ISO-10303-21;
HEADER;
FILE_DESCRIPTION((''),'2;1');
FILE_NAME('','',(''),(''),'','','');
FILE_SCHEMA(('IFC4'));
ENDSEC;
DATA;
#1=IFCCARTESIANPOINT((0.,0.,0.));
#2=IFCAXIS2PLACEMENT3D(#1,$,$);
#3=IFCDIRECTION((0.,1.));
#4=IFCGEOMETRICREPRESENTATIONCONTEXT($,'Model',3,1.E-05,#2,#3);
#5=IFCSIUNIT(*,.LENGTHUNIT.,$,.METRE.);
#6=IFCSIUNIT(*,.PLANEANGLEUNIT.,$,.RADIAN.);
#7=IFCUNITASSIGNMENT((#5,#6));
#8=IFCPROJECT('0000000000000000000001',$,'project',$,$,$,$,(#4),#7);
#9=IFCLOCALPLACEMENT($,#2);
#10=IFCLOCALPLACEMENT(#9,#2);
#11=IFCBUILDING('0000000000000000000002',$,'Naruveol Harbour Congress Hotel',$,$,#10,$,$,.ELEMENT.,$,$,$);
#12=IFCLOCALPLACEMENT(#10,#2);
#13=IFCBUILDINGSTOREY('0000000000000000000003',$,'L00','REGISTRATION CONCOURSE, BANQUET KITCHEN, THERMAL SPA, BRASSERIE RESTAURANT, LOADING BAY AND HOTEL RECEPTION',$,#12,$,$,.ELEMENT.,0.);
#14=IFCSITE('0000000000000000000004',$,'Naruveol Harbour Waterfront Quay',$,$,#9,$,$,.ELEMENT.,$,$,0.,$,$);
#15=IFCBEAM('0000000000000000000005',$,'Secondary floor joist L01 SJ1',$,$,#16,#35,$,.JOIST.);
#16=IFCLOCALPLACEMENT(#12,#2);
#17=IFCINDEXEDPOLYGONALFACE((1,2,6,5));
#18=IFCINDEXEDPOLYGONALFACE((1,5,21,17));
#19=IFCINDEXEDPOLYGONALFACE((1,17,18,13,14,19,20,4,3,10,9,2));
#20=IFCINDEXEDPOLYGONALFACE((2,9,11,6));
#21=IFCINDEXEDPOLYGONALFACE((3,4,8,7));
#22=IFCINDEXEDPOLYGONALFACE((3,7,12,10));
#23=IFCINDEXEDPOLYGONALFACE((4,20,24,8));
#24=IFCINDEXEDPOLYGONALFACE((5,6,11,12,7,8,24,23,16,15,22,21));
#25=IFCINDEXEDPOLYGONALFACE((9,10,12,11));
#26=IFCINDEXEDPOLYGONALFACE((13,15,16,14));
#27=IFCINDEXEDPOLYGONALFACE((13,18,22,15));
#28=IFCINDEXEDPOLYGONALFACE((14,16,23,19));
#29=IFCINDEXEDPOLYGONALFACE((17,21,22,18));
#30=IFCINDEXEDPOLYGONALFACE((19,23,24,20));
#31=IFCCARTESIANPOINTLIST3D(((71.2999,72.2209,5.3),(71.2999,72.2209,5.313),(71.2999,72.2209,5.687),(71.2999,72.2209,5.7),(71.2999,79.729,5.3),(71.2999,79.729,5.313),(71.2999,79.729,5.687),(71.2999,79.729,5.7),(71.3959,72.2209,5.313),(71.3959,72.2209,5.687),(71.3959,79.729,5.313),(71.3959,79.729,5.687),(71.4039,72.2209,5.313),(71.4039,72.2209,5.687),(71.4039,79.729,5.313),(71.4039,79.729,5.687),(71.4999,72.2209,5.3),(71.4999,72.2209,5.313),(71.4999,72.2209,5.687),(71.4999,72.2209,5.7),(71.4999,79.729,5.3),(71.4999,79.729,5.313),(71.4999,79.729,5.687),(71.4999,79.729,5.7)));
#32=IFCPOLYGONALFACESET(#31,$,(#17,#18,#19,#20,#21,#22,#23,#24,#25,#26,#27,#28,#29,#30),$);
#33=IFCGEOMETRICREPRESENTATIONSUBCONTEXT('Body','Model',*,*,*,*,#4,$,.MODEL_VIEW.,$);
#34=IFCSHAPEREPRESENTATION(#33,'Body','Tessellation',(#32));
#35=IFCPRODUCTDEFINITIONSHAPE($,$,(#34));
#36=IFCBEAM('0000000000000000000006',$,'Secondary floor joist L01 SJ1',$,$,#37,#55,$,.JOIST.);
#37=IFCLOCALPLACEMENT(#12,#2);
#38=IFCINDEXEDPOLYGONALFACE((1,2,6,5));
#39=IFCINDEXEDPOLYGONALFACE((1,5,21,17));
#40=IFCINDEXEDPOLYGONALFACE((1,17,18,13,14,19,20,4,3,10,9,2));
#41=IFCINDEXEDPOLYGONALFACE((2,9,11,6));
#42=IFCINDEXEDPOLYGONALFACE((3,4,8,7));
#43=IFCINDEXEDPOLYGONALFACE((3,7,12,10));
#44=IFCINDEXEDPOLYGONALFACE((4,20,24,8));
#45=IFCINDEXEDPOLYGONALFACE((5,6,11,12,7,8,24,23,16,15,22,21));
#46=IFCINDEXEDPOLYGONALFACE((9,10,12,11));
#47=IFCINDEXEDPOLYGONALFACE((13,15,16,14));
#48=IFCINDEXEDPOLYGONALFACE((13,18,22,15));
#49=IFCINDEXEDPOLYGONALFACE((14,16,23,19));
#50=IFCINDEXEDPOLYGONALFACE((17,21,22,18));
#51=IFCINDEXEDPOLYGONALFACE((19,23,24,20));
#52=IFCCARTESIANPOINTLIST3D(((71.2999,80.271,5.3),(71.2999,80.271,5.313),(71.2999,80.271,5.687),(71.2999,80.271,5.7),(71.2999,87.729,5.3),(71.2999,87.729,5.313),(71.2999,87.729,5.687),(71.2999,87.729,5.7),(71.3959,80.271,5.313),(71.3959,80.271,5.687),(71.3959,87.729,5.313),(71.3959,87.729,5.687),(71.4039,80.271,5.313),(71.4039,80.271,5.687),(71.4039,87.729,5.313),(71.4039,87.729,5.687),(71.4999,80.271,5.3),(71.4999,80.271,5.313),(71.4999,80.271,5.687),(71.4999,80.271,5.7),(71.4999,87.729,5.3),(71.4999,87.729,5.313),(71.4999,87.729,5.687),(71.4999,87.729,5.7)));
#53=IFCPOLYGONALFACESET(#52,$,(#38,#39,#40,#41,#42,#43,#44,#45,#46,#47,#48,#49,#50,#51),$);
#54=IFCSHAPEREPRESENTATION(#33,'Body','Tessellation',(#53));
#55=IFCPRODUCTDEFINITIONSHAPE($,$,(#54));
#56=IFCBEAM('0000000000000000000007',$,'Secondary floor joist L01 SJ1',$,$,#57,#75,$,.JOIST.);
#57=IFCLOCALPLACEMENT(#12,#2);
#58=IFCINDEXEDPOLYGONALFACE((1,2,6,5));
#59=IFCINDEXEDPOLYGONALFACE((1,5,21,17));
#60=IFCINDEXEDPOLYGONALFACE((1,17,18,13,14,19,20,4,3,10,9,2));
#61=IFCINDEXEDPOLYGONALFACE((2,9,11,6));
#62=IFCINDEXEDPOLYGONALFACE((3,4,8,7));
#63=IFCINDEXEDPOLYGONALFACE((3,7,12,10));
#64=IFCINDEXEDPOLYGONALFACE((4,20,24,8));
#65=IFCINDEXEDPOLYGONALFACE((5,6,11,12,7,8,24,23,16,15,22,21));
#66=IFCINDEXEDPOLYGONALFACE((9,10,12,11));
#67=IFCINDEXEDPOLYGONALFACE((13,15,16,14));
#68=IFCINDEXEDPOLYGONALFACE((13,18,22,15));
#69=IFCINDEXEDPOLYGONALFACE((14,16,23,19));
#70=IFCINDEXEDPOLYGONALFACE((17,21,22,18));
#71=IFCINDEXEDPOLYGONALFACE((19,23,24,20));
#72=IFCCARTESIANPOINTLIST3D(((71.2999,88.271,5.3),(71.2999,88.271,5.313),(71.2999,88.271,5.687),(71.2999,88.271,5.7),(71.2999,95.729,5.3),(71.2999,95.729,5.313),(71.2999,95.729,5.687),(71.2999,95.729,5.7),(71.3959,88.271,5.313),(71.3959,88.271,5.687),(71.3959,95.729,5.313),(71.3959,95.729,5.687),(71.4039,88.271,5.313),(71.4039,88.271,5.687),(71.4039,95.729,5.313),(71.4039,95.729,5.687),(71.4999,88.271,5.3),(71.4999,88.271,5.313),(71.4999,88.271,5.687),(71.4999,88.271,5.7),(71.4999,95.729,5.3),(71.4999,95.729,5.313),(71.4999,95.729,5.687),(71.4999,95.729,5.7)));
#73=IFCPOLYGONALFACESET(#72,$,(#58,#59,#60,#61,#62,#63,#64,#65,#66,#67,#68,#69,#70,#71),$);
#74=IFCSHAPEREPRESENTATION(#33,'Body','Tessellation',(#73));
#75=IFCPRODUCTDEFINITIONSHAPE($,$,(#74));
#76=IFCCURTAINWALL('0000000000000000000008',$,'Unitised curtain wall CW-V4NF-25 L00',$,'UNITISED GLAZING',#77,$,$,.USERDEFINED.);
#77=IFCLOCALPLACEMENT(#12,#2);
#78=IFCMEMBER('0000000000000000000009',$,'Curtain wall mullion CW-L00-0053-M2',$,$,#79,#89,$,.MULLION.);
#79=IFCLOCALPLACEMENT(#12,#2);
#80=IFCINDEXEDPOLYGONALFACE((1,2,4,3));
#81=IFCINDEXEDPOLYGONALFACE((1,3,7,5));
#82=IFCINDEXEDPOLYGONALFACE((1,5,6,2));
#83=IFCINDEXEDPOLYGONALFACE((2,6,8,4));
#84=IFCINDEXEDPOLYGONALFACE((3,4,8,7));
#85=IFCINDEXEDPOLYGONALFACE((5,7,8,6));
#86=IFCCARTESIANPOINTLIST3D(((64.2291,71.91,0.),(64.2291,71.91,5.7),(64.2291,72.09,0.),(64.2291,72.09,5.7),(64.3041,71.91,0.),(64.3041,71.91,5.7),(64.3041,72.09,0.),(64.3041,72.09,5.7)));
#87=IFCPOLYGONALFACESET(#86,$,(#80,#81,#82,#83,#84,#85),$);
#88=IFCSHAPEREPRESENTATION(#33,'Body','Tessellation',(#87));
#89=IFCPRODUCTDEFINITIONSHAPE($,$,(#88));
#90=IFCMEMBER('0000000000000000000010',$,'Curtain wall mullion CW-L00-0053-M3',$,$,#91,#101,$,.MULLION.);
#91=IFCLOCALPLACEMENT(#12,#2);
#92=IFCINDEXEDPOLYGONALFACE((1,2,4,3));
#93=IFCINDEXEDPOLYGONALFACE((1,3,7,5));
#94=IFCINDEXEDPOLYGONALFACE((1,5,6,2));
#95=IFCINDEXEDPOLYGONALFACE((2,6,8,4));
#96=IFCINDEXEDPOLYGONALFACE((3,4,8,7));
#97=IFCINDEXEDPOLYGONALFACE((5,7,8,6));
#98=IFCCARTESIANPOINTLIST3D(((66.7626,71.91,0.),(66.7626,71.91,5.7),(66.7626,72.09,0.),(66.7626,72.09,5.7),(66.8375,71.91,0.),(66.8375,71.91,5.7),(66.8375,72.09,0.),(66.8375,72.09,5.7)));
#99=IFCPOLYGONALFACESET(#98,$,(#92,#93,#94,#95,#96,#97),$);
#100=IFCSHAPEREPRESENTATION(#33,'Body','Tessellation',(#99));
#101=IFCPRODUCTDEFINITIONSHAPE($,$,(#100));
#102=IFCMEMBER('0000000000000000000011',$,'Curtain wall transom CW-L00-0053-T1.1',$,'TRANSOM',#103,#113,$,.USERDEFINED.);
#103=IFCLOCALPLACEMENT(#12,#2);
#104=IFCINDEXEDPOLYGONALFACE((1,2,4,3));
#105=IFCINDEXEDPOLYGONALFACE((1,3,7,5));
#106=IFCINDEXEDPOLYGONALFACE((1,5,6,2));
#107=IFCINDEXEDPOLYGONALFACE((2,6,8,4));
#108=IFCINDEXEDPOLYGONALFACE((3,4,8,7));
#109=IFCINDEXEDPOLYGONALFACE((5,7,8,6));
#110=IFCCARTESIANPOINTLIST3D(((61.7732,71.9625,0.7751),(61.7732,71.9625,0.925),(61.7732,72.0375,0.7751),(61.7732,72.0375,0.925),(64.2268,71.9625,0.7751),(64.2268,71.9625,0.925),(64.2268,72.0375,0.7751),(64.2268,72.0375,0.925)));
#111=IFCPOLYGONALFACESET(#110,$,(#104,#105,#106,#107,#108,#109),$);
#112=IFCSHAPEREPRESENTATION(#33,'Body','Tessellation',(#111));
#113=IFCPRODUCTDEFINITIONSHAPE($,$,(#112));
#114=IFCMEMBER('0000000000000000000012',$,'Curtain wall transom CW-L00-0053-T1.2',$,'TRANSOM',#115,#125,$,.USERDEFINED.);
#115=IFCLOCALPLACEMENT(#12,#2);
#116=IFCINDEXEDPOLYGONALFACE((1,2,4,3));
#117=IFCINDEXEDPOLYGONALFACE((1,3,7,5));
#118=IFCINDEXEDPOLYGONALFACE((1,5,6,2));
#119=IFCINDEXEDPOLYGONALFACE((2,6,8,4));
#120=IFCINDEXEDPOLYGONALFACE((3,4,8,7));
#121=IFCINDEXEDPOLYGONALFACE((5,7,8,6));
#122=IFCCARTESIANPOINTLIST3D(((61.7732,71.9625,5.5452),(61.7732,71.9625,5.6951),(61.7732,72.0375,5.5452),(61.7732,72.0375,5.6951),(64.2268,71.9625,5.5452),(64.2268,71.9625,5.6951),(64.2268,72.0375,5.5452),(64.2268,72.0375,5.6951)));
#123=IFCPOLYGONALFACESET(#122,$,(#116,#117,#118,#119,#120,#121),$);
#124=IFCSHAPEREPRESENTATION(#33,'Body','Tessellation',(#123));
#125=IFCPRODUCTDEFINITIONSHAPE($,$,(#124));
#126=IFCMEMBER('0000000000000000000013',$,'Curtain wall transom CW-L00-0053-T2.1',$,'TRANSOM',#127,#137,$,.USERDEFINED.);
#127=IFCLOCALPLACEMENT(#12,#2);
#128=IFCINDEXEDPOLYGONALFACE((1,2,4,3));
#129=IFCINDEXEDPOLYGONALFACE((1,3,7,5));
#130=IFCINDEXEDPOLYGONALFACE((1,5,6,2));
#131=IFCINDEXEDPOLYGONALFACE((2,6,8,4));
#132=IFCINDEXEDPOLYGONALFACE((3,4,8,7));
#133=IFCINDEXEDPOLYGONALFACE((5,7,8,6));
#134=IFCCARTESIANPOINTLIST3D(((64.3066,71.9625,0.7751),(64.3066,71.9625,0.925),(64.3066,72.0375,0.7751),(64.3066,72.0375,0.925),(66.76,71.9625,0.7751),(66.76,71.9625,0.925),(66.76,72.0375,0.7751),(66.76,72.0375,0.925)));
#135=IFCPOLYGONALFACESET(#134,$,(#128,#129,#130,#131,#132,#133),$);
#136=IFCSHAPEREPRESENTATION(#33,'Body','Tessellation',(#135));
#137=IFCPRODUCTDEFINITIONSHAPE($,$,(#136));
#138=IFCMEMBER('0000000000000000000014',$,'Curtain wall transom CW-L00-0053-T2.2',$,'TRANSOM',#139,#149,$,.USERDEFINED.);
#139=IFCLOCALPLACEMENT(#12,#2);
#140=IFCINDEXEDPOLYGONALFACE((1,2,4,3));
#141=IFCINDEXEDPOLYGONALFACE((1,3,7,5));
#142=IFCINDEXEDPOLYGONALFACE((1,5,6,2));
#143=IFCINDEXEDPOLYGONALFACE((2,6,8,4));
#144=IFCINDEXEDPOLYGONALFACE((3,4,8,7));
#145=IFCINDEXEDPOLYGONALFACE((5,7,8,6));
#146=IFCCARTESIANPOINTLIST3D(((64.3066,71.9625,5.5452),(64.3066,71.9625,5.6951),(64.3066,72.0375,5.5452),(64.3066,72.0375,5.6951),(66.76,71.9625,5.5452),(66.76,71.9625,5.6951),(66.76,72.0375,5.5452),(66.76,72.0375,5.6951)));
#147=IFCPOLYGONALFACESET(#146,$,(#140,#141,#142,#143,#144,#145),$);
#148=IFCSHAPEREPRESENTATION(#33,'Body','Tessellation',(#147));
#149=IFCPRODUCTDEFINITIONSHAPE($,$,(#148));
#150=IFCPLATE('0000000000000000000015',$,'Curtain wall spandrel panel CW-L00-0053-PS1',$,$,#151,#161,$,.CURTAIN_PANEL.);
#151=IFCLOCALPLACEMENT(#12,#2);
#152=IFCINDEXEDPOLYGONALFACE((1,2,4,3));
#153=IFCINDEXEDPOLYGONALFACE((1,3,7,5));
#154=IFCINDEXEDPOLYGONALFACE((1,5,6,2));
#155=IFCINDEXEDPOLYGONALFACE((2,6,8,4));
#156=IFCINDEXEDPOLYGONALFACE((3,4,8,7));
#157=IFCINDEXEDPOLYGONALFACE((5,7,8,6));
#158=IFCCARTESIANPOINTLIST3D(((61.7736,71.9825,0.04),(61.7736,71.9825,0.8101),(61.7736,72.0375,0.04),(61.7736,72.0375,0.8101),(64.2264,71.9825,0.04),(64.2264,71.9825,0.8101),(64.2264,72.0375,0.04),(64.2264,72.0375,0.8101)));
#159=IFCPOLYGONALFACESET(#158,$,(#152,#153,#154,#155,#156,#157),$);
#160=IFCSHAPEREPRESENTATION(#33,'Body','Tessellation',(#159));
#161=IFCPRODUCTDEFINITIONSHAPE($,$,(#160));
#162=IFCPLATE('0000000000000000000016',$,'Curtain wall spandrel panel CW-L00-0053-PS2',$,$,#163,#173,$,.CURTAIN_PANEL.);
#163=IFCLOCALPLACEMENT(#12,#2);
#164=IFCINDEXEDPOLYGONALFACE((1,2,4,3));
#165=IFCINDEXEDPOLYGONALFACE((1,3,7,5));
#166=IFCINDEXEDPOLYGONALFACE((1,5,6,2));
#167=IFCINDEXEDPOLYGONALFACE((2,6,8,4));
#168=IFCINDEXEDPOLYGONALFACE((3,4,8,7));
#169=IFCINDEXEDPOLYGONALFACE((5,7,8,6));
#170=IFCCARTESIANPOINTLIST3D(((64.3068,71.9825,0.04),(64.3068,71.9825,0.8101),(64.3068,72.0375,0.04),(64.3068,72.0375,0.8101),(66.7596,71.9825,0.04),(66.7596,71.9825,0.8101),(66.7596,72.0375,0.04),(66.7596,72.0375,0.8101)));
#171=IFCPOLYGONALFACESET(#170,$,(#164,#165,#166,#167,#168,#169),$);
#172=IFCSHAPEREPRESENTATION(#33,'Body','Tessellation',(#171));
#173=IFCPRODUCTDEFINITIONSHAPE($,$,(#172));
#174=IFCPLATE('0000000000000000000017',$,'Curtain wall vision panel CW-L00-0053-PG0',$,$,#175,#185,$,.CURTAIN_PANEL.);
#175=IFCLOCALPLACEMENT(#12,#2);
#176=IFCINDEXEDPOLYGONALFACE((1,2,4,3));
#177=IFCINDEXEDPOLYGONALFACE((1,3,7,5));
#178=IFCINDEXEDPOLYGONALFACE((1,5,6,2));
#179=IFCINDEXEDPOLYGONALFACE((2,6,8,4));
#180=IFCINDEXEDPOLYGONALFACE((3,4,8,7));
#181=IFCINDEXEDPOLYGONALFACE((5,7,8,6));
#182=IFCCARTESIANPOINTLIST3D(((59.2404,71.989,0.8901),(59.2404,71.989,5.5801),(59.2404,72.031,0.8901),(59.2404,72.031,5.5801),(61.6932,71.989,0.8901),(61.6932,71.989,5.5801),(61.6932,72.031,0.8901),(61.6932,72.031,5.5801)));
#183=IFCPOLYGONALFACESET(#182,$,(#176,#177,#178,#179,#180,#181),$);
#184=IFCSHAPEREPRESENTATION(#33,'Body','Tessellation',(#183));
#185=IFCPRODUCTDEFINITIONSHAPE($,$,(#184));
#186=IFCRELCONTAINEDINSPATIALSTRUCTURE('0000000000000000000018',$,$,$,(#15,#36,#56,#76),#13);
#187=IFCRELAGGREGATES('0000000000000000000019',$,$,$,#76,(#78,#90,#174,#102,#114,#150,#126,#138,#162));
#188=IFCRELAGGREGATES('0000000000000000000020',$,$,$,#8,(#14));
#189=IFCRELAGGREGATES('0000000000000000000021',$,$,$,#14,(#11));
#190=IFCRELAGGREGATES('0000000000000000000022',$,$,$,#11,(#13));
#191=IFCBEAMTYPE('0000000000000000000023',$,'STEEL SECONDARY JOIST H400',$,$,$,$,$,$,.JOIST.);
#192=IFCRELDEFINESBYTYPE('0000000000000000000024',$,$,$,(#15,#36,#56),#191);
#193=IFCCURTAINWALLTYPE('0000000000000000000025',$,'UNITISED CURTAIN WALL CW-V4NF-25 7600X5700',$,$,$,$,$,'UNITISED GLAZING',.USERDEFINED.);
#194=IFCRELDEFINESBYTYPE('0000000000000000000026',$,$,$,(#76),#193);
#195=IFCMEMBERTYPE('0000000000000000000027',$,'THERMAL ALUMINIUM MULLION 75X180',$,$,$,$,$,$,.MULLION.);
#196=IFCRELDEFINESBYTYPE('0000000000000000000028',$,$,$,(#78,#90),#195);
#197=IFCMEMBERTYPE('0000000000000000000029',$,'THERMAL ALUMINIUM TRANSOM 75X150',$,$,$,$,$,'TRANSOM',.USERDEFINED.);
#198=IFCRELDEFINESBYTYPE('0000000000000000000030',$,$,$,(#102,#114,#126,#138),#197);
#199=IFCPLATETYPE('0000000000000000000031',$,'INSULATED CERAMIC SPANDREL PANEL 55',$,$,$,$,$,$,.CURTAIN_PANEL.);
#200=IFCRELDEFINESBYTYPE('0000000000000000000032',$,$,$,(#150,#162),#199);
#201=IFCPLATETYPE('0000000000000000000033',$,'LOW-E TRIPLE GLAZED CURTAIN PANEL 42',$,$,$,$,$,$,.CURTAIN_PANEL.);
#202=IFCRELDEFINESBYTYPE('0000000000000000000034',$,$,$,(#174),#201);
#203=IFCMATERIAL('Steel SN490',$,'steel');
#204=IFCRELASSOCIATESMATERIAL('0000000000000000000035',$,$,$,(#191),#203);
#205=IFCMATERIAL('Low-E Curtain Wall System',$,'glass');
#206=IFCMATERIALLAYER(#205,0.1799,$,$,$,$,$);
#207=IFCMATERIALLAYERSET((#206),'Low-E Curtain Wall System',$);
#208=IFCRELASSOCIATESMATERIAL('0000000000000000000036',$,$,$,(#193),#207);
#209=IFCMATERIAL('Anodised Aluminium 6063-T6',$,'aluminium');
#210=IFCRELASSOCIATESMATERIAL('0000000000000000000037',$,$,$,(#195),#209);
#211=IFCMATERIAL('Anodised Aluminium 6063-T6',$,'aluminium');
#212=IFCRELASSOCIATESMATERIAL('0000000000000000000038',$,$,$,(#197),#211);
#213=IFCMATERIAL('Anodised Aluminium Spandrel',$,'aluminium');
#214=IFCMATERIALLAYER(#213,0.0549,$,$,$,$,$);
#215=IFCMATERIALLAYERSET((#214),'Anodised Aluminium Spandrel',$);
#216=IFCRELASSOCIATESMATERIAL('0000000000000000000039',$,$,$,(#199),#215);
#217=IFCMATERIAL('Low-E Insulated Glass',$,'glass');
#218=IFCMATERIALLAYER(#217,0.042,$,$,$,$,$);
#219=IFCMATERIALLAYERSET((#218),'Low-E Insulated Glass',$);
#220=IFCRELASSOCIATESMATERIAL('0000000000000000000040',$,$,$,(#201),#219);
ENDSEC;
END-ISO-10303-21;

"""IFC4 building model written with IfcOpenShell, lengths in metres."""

from ifc_helpers import new_model, si_unit, direction, frame, origin, origin_2d, place, context, subcontext, project, spatial, rectangle, i_section, extrude, material, layer, layer_set, material_profile, profile_set, type_object, element, aggregate, save


model = new_model("IFC4")

# Units and contexts
model_context = context("Model", 3, precision=1e-05, world=origin(), true_north=direction((0.0, 1.0)))
body_context = subcontext(model_context, "Body", "Model", "MODEL_VIEW")
ifc_project = project(units=[si_unit("LENGTHUNIT", "METRE"), si_unit("PLANEANGLEUNIT", "RADIAN")], contexts=[model_context])

# Site, building, storey
site_placement = place(None, origin())
site = spatial("IfcSite", under=ifc_project, at=site_placement, Name="Naruveol Harbour Waterfront Quay", CompositionType="ELEMENT", RefElevation=0.0)
building_placement = place(site_placement, origin())
building = spatial("IfcBuilding", under=site, at=building_placement, Name="Naruveol Harbour Congress Hotel", CompositionType="ELEMENT")
storey_placement = place(building_placement, origin())
storey = spatial("IfcBuildingStorey", under=building, at=storey_placement, Name="L00", Description="REGISTRATION CONCOURSE, BANQUET KITCHEN, THERMAL SPA, BRASSERIE RESTAURANT, LOADING BAY AND HOTEL RECEPTION", CompositionType="ELEMENT", Elevation=0.0)

# Beams
ifc_material_1 = material(Name="Steel SN490", Category="steel")
ifc_material_profile_1 = material_profile(ifc_material_1, i_section(OverallWidth=0.2, OverallDepth=0.3999, WebThickness=0.0081, FlangeThickness=0.0129, at=origin_2d()), Name="H-400x200x8x13")
ifc_profile_set_1 = profile_set([ifc_material_profile_1], Name="Steel SN490")
beam_type_1 = type_object("IfcBeamType", Name="STEEL SECONDARY JOIST H400", PredefinedType="JOIST", material=ifc_profile_set_1)
beam_1_placement = place(storey_placement, frame((71.3999, 72.2209, 5.5), z_axis=(0.0, 1.0, 0.0), x_axis=(-1.0, 0.0, 0.0)))
element("IfcBeam", 1, at=beam_1_placement, inside=storey, type_object=beam_type_1, Name="Secondary floor joist L01 SJ1", PredefinedType="JOIST", context=body_context, shape_type="SweptSolid", body=[
    extrude(i_section(OverallWidth=0.2, OverallDepth=0.3999, WebThickness=0.0081, FlangeThickness=0.0129, at=origin_2d()), origin(), (0.0, 0.0, 1.0), 7.5081),
])
for number, where, z_axis, x_axis, name in (
    (2, (71.3999, 80.271, 5.5), (0.0, 1.0, 0.0), (-1.0, 0.0, 0.0), "Secondary floor joist L01 SJ1"),
    (3, (71.3999, 88.271, 5.5), (0.0, 1.0, 0.0), (-1.0, 0.0, 0.0), "Secondary floor joist L01 SJ1"),
):
    element("IfcBeam", number, at=place(storey_placement, frame(where, z_axis=z_axis, x_axis=x_axis)), inside=storey, type_object=beam_type_1, Name=name, PredefinedType="JOIST", context=body_context, shape_type="SweptSolid", body=[
        extrude(i_section(OverallWidth=0.2, OverallDepth=0.3999, WebThickness=0.0081, FlangeThickness=0.0129, at=origin_2d()), origin(), (0.0, 0.0, 1.0), 7.458),
    ])

# Curtain wall, members, plates
ifc_material_2 = material(Name="Low-E Curtain Wall System", Category="glass")
ifc_layer_1 = layer(ifc_material_2, 0.1799)
ifc_layer_set_1 = layer_set([ifc_layer_1], Name="Low-E Curtain Wall System")
curtain_wall_type = type_object("IfcCurtainWallType", Name="UNITISED CURTAIN WALL CW-V4NF-25 7600X5700", ElementType="UNITISED GLAZING", PredefinedType="USERDEFINED", material=ifc_layer_set_1)
curtain_wall_placement = place(storey_placement, origin())
curtain_wall = element("IfcCurtainWall", 4, at=curtain_wall_placement, inside=storey, type_object=curtain_wall_type, Name="Unitised curtain wall CW-V4NF-25 L00", ObjectType="UNITISED GLAZING", PredefinedType="USERDEFINED")
ifc_material_3 = material(Name="Anodised Aluminium 6063-T6", Category="aluminium")
ifc_material_profile_2 = material_profile(ifc_material_3, rectangle(XDim=0.075, YDim=0.1799, at=origin_2d()), Name="ALU-75x180")
ifc_profile_set_2 = profile_set([ifc_material_profile_2], Name="Anodised Aluminium 6063-T6")
member_type_1 = type_object("IfcMemberType", Name="THERMAL ALUMINIUM MULLION 75X180", PredefinedType="MULLION", material=ifc_profile_set_2)
member_1_placement = place(storey_placement, frame((64.2666, 72.0, 0.0), z_axis=(0.0, 0.0, 1.0), x_axis=(1.0, 0.0, 0.0)))
member_1 = element("IfcMember", 5, at=member_1_placement, type_object=member_type_1, Name="Curtain wall mullion CW-L00-0053-M2", PredefinedType="MULLION", context=body_context, shape_type="SweptSolid", body=[
    extrude(rectangle(XDim=0.075, YDim=0.1799, at=origin_2d()), origin(), (0.0, 0.0, 1.0), 5.7),
])
member_2_placement = place(storey_placement, frame((66.8, 72.0, 0.0), z_axis=(0.0, 0.0, 1.0), x_axis=(1.0, 0.0, 0.0)))
member_2 = element("IfcMember", 6, at=member_2_placement, type_object=member_type_1, Name="Curtain wall mullion CW-L00-0053-M3", PredefinedType="MULLION", context=body_context, shape_type="SweptSolid", body=[
    extrude(rectangle(XDim=0.075, YDim=0.1799, at=origin_2d()), origin(), (0.0, 0.0, 1.0), 5.7),
])
ifc_material_4 = material(Name="Anodised Aluminium 6063-T6", Category="aluminium")
ifc_material_profile_3 = material_profile(ifc_material_4, rectangle(XDim=0.075, YDim=0.1499, at=origin_2d()), Name="ALU-75x150")
ifc_profile_set_3 = profile_set([ifc_material_profile_3], Name="Anodised Aluminium 6063-T6")
member_type_2 = type_object("IfcMemberType", Name="THERMAL ALUMINIUM TRANSOM 75X150", ElementType="TRANSOM", PredefinedType="USERDEFINED", material=ifc_profile_set_3)
member_3_placement = place(storey_placement, frame((61.7732, 72.0, 0.8501), z_axis=(1.0, 0.0, 0.0), x_axis=(0.0, 1.0, 0.0)))
member_3 = element("IfcMember", 7, at=member_3_placement, type_object=member_type_2, Name="Curtain wall transom CW-L00-0053-T1.1", ObjectType="TRANSOM", PredefinedType="USERDEFINED", context=body_context, shape_type="SweptSolid", body=[
    extrude(rectangle(XDim=0.075, YDim=0.1499, at=origin_2d()), origin(), (0.0, 0.0, 1.0), 2.4536),
])
member_4_placement = place(storey_placement, frame((61.7732, 72.0, 5.6201), z_axis=(1.0, 0.0, 0.0), x_axis=(0.0, 1.0, 0.0)))
member_4 = element("IfcMember", 8, at=member_4_placement, type_object=member_type_2, Name="Curtain wall transom CW-L00-0053-T1.2", ObjectType="TRANSOM", PredefinedType="USERDEFINED", context=body_context, shape_type="SweptSolid", body=[
    extrude(rectangle(XDim=0.075, YDim=0.1499, at=origin_2d()), origin(), (0.0, 0.0, 1.0), 2.4536),
])
member_5_placement = place(storey_placement, frame((64.3066, 72.0, 0.8501), z_axis=(1.0, 0.0, 0.0), x_axis=(0.0, 1.0, 0.0)))
member_5 = element("IfcMember", 9, at=member_5_placement, type_object=member_type_2, Name="Curtain wall transom CW-L00-0053-T2.1", ObjectType="TRANSOM", PredefinedType="USERDEFINED", context=body_context, shape_type="SweptSolid", body=[
    extrude(rectangle(XDim=0.075, YDim=0.1499, at=origin_2d()), origin(), (0.0, 0.0, 1.0), 2.4534),
])
member_6_placement = place(storey_placement, frame((64.3066, 72.0, 5.6201), z_axis=(1.0, 0.0, 0.0), x_axis=(0.0, 1.0, 0.0)))
member_6 = element("IfcMember", 10, at=member_6_placement, type_object=member_type_2, Name="Curtain wall transom CW-L00-0053-T2.2", ObjectType="TRANSOM", PredefinedType="USERDEFINED", context=body_context, shape_type="SweptSolid", body=[
    extrude(rectangle(XDim=0.075, YDim=0.1499, at=origin_2d()), origin(), (0.0, 0.0, 1.0), 2.4534),
])
ifc_material_5 = material(Name="Anodised Aluminium Spandrel", Category="aluminium")
ifc_layer_2 = layer(ifc_material_5, 0.0549)
ifc_layer_set_2 = layer_set([ifc_layer_2], Name="Anodised Aluminium Spandrel")
plate_type_1 = type_object("IfcPlateType", Name="INSULATED CERAMIC SPANDREL PANEL 55", PredefinedType="CURTAIN_PANEL", material=ifc_layer_set_2)
plate_1_placement = place(storey_placement, frame((63.0, 72.01, 0.04), z_axis=(0.0, 0.0, 1.0), x_axis=(1.0, 0.0, 0.0)))
plate_1 = element("IfcPlate", 11, at=plate_1_placement, type_object=plate_type_1, Name="Curtain wall spandrel panel CW-L00-0053-PS1", PredefinedType="CURTAIN_PANEL", context=body_context, shape_type="SweptSolid", body=[
    extrude(rectangle(XDim=2.4529, YDim=0.0549, at=origin_2d()), origin(), (0.0, 0.0, 1.0), 0.77),
])
plate_2_placement = place(storey_placement, frame((65.5332, 72.01, 0.04), z_axis=(0.0, 0.0, 1.0), x_axis=(1.0, 0.0, 0.0)))
plate_2 = element("IfcPlate", 12, at=plate_2_placement, type_object=plate_type_1, Name="Curtain wall spandrel panel CW-L00-0053-PS2", PredefinedType="CURTAIN_PANEL", context=body_context, shape_type="SweptSolid", body=[
    extrude(rectangle(XDim=2.4529, YDim=0.0549, at=origin_2d()), origin(), (0.0, 0.0, 1.0), 0.77),
])
ifc_material_6 = material(Name="Low-E Insulated Glass", Category="glass")
ifc_layer_3 = layer(ifc_material_6, 0.042)
ifc_layer_set_3 = layer_set([ifc_layer_3], Name="Low-E Insulated Glass")
plate_type_2 = type_object("IfcPlateType", Name="LOW-E TRIPLE GLAZED CURTAIN PANEL 42", PredefinedType="CURTAIN_PANEL", material=ifc_layer_set_3)
plate_3_placement = place(storey_placement, frame((60.4668, 72.01, 0.8901), z_axis=(0.0, 0.0, 1.0), x_axis=(1.0, 0.0, 0.0)))
plate_3 = element("IfcPlate", 13, at=plate_3_placement, type_object=plate_type_2, Name="Curtain wall vision panel CW-L00-0053-PG0", PredefinedType="CURTAIN_PANEL", context=body_context, shape_type="SweptSolid", body=[
    extrude(rectangle(XDim=2.4529, YDim=0.042, at=origin_2d()), origin(), (0.0, 0.0, 1.0), 4.6899),
])
aggregate(curtain_wall, [member_1, member_2, plate_3, member_3, member_4, plate_1, member_5, member_6, plate_2])

save(model, "model.ifc")
